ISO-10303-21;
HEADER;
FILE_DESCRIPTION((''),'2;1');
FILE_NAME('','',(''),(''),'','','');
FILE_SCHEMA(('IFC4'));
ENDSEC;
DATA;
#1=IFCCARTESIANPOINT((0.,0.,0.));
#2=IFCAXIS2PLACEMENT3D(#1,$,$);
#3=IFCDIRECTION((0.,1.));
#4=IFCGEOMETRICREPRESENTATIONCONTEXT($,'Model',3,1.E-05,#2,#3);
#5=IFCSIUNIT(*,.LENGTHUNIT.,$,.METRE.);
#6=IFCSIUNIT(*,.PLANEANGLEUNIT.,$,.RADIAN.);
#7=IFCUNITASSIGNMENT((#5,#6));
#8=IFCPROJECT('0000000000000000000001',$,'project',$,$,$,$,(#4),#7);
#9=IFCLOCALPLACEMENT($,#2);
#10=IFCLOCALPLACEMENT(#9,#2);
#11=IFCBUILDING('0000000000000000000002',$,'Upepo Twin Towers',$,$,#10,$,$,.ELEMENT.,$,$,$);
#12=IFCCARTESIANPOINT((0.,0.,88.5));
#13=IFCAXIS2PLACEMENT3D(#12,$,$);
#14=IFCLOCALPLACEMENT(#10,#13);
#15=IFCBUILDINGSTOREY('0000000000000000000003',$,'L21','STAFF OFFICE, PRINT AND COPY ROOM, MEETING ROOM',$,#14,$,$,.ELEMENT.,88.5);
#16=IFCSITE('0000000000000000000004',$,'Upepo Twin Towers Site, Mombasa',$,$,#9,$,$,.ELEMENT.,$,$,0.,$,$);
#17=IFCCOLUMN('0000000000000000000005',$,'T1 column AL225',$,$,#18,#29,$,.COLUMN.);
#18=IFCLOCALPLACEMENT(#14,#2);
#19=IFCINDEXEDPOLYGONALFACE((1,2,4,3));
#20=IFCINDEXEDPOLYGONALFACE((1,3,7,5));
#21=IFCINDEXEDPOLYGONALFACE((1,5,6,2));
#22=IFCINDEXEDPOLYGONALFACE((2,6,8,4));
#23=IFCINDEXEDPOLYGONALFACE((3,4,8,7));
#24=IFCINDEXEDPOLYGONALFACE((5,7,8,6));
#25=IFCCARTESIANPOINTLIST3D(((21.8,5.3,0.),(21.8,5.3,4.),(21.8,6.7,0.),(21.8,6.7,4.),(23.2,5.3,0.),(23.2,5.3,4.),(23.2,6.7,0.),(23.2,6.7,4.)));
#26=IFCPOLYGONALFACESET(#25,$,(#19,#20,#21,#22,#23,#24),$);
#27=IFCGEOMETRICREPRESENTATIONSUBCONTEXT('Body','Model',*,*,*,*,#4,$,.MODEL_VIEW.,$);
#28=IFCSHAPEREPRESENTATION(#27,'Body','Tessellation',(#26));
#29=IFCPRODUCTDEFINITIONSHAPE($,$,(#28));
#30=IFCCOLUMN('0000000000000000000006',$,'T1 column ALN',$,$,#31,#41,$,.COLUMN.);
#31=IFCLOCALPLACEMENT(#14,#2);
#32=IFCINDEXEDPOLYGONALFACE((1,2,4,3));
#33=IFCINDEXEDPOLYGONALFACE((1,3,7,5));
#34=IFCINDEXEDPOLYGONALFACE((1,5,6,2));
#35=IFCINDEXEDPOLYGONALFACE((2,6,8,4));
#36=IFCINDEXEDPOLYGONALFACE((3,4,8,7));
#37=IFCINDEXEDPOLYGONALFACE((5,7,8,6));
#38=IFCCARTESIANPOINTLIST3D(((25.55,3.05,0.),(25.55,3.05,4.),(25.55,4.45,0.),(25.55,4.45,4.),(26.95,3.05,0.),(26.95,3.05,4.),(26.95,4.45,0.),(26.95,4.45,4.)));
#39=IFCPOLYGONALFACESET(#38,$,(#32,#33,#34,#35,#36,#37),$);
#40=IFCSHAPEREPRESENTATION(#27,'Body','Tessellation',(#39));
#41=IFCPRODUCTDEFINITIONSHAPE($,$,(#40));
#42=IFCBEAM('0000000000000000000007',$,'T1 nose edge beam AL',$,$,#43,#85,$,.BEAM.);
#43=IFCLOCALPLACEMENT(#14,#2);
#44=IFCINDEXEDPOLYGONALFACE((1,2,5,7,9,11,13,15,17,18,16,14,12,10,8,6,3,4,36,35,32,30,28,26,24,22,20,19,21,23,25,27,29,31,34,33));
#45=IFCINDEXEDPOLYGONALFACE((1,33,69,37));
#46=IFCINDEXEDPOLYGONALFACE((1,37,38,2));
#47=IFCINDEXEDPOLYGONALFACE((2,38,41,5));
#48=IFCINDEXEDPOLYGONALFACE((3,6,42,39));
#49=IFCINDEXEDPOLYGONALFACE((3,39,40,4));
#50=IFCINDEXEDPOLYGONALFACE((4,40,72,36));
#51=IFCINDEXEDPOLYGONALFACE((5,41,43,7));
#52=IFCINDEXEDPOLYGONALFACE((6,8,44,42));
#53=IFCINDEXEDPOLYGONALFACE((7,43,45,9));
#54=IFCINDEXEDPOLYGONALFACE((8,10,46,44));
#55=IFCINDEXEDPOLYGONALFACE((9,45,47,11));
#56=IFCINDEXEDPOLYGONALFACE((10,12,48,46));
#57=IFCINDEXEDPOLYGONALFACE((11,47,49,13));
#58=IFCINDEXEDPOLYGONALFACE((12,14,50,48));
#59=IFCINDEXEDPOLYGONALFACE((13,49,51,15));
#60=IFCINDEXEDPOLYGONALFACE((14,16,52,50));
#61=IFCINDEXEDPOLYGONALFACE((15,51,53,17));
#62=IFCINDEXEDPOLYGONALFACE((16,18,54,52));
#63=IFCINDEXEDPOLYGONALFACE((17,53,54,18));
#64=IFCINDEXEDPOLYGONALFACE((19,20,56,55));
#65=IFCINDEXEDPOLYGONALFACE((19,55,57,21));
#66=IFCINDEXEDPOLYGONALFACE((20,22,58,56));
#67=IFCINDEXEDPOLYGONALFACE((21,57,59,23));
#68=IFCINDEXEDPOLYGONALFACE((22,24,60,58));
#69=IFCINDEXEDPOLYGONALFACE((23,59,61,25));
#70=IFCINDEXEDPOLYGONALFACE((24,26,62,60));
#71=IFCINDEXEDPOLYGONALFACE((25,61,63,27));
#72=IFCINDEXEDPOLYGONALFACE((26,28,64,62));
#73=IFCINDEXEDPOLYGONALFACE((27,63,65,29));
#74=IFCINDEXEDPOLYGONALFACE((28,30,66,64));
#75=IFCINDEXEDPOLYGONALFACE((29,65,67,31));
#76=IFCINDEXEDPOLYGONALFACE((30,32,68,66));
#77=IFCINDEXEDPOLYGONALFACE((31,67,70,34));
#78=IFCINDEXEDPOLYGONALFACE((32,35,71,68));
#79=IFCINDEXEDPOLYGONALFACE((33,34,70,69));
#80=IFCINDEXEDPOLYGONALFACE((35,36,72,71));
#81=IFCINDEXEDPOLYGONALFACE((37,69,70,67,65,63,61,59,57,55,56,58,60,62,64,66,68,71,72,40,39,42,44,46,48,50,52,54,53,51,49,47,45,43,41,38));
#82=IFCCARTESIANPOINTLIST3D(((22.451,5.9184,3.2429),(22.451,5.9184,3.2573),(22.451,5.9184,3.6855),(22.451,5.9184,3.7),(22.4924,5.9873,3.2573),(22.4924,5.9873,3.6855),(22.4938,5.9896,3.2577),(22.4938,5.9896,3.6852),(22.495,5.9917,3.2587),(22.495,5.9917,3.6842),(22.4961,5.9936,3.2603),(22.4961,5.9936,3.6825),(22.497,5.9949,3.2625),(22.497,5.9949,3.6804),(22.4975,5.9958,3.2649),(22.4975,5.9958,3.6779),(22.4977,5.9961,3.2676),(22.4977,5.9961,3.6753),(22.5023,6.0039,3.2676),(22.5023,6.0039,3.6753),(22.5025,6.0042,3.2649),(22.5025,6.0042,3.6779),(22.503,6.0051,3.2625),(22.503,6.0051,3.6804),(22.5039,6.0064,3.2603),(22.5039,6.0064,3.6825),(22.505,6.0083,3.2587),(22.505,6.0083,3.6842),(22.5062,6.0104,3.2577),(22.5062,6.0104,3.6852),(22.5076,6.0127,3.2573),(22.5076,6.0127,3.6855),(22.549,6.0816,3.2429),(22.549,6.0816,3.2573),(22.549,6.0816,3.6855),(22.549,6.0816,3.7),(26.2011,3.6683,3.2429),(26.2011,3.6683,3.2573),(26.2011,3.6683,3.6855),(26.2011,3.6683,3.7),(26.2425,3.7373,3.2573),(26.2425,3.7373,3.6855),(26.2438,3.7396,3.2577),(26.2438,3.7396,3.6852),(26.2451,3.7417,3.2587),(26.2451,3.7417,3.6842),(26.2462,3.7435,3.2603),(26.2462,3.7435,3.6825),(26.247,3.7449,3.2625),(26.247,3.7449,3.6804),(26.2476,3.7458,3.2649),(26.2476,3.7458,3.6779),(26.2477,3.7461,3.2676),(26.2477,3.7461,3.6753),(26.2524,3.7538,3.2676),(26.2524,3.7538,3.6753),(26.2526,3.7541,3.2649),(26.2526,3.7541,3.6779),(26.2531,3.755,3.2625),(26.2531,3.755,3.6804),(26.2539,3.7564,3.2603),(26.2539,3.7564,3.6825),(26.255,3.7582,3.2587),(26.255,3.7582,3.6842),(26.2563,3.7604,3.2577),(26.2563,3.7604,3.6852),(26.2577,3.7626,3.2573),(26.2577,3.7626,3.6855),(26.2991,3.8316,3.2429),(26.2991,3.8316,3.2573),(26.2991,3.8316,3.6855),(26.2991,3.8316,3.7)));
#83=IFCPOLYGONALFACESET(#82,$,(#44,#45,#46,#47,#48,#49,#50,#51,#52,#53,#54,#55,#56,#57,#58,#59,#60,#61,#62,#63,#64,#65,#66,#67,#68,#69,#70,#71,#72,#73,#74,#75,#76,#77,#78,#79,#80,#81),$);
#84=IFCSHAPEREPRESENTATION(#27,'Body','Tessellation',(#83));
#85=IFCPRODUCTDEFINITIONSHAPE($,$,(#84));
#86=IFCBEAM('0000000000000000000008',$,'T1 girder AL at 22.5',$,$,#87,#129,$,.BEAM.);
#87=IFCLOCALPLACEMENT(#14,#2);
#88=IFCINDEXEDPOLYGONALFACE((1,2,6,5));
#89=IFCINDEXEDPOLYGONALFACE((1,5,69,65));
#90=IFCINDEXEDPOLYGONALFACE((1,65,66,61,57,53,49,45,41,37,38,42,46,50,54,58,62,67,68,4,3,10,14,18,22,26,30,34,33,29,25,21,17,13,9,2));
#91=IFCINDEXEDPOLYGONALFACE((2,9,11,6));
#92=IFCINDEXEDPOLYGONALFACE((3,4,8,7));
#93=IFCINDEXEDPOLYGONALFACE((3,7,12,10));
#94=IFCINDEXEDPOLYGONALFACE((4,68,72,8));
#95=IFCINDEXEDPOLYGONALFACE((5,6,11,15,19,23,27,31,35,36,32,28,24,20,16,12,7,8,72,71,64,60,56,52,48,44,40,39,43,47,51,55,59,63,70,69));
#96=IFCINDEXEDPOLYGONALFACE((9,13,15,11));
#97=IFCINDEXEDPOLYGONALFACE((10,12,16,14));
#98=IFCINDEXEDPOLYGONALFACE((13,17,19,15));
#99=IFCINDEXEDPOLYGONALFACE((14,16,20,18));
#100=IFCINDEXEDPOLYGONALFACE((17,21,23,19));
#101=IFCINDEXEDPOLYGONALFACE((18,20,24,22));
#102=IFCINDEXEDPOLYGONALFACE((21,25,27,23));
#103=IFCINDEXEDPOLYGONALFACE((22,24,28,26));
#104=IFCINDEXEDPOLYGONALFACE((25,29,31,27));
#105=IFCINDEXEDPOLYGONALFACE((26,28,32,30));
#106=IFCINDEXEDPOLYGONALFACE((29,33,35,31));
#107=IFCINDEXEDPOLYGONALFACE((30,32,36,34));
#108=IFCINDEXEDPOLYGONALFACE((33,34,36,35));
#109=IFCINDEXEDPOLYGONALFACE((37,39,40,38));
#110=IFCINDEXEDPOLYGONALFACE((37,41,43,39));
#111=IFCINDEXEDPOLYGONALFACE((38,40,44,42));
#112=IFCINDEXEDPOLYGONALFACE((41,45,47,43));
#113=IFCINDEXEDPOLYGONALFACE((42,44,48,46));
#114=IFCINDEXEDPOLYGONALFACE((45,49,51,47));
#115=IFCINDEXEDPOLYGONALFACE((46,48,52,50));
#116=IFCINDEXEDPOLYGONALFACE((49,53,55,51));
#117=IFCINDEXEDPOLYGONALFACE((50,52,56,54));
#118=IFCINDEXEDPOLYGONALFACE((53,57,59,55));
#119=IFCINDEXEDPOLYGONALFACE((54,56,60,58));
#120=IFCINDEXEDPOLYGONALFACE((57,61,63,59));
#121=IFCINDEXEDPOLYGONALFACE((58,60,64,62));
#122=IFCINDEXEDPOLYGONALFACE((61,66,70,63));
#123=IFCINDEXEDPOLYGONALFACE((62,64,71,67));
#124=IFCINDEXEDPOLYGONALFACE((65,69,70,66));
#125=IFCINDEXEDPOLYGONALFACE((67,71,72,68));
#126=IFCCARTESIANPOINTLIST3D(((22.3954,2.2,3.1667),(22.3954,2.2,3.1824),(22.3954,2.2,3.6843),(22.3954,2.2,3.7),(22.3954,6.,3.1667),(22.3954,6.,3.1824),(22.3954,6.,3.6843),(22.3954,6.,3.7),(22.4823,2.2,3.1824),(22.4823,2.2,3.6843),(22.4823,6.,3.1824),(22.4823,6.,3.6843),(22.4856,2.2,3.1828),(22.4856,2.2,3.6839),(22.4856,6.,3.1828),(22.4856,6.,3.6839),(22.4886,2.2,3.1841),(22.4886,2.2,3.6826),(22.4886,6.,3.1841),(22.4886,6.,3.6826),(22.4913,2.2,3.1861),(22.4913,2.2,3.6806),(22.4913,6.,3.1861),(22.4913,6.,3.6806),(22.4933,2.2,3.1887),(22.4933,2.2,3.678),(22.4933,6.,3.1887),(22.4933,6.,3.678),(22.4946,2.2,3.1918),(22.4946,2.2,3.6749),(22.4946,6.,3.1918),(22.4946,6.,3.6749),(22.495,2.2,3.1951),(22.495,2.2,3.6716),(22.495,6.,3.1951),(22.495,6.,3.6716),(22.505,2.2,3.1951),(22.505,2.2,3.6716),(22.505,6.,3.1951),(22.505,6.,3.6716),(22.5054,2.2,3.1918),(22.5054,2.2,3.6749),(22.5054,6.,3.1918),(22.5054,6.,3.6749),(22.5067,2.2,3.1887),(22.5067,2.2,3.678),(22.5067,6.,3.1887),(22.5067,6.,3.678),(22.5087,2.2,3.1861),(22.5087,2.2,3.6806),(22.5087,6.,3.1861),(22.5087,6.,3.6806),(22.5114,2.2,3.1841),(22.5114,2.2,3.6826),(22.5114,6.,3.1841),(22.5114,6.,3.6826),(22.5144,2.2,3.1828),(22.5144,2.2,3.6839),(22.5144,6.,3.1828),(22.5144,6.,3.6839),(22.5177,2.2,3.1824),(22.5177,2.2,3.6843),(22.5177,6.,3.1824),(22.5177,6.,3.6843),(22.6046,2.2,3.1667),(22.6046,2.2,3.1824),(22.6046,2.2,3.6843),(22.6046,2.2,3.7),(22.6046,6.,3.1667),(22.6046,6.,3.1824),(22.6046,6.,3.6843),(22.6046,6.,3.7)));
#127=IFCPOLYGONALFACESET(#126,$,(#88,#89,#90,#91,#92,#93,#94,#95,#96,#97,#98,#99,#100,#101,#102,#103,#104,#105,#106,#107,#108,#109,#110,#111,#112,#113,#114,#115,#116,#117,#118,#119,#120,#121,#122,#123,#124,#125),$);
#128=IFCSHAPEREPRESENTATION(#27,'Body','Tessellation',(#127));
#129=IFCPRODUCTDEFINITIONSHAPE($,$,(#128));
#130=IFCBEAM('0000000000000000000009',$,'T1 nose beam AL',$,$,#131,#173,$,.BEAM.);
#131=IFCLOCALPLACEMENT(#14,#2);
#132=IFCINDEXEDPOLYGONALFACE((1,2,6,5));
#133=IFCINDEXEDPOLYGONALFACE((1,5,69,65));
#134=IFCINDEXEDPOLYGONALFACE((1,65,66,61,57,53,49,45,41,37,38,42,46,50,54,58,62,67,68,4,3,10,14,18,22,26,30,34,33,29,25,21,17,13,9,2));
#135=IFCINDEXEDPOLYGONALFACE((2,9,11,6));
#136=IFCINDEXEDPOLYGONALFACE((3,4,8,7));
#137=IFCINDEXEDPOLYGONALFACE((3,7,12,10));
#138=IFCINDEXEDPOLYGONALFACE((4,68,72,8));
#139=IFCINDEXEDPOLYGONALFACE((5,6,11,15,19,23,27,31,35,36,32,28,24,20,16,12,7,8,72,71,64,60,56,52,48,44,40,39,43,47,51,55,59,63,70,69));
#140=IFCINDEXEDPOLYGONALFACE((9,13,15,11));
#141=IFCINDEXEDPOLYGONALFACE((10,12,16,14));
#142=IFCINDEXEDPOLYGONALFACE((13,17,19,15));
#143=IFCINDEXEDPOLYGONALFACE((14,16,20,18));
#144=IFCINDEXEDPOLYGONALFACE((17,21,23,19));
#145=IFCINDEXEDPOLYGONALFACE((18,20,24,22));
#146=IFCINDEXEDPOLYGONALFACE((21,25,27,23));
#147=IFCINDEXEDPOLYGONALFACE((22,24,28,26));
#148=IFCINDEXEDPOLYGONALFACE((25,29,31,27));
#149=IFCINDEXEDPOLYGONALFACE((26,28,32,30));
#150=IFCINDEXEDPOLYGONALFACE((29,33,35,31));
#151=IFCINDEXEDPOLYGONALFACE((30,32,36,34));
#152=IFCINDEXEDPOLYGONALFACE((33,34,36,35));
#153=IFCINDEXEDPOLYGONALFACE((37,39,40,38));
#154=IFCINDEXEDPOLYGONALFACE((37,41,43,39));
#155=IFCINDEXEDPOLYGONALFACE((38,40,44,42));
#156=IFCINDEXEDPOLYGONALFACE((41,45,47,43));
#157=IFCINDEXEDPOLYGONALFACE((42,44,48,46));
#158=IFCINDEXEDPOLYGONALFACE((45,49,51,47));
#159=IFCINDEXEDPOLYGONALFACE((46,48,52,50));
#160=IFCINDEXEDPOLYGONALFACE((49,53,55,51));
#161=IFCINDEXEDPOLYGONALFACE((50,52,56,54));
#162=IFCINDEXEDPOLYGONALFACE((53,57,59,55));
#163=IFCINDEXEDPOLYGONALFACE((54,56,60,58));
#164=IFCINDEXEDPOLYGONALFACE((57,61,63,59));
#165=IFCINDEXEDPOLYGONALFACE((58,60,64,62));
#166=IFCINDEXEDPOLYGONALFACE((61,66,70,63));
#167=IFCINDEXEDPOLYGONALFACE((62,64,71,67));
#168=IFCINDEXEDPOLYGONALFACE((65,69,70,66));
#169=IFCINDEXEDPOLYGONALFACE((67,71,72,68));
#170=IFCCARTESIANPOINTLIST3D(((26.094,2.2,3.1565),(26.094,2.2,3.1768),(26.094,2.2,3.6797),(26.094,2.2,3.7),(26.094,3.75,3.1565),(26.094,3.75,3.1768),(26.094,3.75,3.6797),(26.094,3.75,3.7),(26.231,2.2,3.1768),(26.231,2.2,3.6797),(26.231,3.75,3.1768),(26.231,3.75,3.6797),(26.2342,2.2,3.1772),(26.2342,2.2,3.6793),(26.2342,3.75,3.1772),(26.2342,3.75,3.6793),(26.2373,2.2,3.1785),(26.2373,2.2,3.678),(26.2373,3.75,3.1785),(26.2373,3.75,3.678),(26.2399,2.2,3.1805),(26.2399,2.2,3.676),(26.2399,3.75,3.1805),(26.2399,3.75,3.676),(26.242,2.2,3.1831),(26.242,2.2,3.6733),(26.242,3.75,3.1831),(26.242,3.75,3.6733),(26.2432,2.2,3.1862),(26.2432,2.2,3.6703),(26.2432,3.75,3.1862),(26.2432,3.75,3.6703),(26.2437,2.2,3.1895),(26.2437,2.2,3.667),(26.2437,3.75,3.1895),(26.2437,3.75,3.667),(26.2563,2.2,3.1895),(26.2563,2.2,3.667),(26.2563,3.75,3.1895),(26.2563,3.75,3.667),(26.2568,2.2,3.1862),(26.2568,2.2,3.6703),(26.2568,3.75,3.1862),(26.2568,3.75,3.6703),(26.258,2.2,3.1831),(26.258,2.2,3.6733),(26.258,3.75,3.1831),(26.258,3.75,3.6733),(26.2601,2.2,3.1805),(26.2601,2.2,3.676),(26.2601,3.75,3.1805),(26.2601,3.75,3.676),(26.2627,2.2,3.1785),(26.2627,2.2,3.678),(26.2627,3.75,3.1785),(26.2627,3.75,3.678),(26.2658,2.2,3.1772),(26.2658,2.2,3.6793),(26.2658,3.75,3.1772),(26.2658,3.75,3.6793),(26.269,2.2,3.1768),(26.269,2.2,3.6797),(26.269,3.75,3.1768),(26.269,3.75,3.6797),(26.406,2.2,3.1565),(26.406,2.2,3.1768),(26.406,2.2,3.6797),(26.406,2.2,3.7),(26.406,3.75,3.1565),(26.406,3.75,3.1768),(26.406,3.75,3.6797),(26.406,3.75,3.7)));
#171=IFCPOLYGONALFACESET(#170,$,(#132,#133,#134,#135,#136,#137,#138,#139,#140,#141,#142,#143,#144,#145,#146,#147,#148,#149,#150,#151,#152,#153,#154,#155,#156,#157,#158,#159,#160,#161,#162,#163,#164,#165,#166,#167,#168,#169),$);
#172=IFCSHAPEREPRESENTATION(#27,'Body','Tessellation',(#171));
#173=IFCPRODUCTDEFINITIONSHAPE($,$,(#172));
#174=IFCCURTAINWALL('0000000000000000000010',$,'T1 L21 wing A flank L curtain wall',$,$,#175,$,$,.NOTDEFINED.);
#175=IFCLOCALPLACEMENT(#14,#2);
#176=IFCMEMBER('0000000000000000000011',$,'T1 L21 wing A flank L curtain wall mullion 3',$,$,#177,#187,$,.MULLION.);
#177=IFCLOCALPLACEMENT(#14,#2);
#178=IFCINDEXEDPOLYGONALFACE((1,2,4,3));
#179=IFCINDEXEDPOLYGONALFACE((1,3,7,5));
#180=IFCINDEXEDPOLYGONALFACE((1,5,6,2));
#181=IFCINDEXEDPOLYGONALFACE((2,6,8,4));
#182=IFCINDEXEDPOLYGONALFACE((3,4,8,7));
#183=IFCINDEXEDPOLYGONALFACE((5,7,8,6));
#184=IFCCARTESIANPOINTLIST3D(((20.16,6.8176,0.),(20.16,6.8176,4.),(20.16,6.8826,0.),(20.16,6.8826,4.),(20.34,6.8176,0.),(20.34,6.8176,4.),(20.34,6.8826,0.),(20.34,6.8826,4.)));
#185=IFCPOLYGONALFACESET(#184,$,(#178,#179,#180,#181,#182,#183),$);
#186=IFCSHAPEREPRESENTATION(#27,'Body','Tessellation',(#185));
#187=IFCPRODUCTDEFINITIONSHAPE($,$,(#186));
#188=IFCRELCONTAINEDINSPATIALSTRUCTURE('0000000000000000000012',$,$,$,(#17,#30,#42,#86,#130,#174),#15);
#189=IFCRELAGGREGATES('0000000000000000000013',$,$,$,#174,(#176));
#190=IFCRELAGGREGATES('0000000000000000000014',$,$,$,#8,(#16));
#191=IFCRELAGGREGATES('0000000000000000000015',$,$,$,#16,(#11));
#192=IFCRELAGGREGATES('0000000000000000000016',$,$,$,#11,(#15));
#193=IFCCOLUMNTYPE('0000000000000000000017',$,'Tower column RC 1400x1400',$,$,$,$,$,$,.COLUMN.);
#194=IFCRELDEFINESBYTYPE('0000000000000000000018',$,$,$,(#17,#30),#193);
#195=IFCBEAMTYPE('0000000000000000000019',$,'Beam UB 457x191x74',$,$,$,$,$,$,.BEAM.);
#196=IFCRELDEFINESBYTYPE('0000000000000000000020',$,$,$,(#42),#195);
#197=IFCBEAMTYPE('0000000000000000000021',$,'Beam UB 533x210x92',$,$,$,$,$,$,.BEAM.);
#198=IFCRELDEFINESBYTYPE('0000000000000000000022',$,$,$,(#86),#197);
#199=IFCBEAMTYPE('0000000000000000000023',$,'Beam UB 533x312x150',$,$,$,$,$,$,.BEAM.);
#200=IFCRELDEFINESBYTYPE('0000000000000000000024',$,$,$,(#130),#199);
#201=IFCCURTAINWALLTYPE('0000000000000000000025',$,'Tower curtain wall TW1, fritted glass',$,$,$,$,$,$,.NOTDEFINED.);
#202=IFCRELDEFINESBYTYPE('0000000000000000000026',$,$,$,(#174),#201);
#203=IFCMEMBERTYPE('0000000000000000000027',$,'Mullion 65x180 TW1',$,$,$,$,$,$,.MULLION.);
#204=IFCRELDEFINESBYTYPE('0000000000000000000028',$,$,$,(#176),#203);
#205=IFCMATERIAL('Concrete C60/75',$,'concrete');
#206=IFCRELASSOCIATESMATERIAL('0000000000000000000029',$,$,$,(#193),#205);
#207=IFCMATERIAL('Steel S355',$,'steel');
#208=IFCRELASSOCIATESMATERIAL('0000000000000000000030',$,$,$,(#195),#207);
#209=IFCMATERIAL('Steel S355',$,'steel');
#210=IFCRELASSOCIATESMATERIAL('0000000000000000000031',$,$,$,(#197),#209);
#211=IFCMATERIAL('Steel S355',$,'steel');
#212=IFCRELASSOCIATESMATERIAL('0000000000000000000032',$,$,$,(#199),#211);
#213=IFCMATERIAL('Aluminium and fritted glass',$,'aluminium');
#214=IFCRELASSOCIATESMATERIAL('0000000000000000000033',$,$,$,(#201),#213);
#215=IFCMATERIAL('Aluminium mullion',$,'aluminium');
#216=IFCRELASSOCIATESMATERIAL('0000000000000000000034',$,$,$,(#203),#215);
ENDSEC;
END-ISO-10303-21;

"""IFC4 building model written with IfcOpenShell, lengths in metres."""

from ifc_helpers import new_model, si_unit, direction, frame, origin, origin_2d, place, context, subcontext, project, spatial, rectangle, i_section, extrude, material, material_profile, profile_set, type_object, element, aggregate, save


model = new_model("IFC4")

# Units and contexts
model_context = context("Model", 3, precision=1e-05, world=origin(), true_north=direction((0.0, 1.0)))
body_context = subcontext(model_context, "Body", "Model", "MODEL_VIEW")
ifc_project = project(units=[si_unit("LENGTHUNIT", "METRE"), si_unit("PLANEANGLEUNIT", "RADIAN")], contexts=[model_context])

# Site, building, storey
site_placement = place(None, origin())
site = spatial("IfcSite", under=ifc_project, at=site_placement, Name="Upepo Twin Towers Site, Mombasa", CompositionType="ELEMENT", RefElevation=0.0)
building_placement = place(site_placement, origin())
building = spatial("IfcBuilding", under=site, at=building_placement, Name="Upepo Twin Towers", CompositionType="ELEMENT")
storey_placement = place(building_placement, frame((0.0, 0.0, 88.5)))
storey = spatial("IfcBuildingStorey", under=building, at=storey_placement, Name="L21", Description="STAFF OFFICE, PRINT AND COPY ROOM, MEETING ROOM", CompositionType="ELEMENT", Elevation=88.5)

# Columns
ifc_material_1 = material(Name="Concrete C60/75", Category="concrete")
ifc_material_profile_1 = material_profile(ifc_material_1, rectangle(XDim=1.3999, YDim=1.3999, at=origin_2d()), Name="RC 1400x1400")
ifc_profile_set_1 = profile_set([ifc_material_profile_1], Name="Concrete C60/75")
column_type = type_object("IfcColumnType", Name="Tower column RC 1400x1400", PredefinedType="COLUMN", material=ifc_profile_set_1)
for number, where, z_axis, x_axis, name in (
    (1, (22.5, 6.0, 0.0), (0.0, 0.0, 1.0), (1.0, 0.0, 0.0), "T1 column AL225"),
    (2, (26.25, 3.75, 0.0), (0.0, 0.0, 1.0), (1.0, 0.0, 0.0), "T1 column ALN"),
):
    element("IfcColumn", number, at=place(storey_placement, frame(where, z_axis=z_axis, x_axis=x_axis)), inside=storey, type_object=column_type, Name=name, PredefinedType="COLUMN", context=body_context, shape_type="SweptSolid", body=[
        extrude(rectangle(XDim=1.3999, YDim=1.3999, at=origin_2d()), origin(), (0.0, 0.0, 1.0), 4.0),
    ])

# Beams
ifc_material_2 = material(Name="Steel S355", Category="steel")
ifc_material_profile_2 = material_profile(ifc_material_2, i_section(OverallWidth=0.1904, OverallDepth=0.457, WebThickness=0.009, FlangeThickness=0.0144, FilletRadius=0.0103, at=origin_2d()), Name="UB 457x191x74")
ifc_profile_set_2 = profile_set([ifc_material_profile_2], Name="Steel S355")
beam_type_1 = type_object("IfcBeamType", Name="Beam UB 457x191x74", PredefinedType="BEAM", material=ifc_profile_set_2)
beam_1_placement = place(storey_placement, frame((22.5, 6.0, 3.4714), z_axis=(0.857493, -0.514496, 0.0), x_axis=(0.514496, 0.857493, 0.0)))
element("IfcBeam", 3, at=beam_1_placement, inside=storey, type_object=beam_type_1, Name="T1 nose edge beam AL", PredefinedType="BEAM", context=body_context, shape_type="SweptSolid", body=[
    extrude(i_section(OverallWidth=0.1904, OverallDepth=0.457, WebThickness=0.009, FlangeThickness=0.0144, FilletRadius=0.0103, at=origin_2d()), origin(), (0.0, 0.0, 1.0), 4.3733),
])
ifc_material_3 = material(Name="Steel S355", Category="steel")
ifc_material_profile_3 = material_profile(ifc_material_3, i_section(OverallWidth=0.2092, OverallDepth=0.5332, WebThickness=0.01, FlangeThickness=0.0156, FilletRadius=0.0127, at=origin_2d()), Name="UB 533x210x92")
ifc_profile_set_3 = profile_set([ifc_material_profile_3], Name="Steel S355")
beam_type_2 = type_object("IfcBeamType", Name="Beam UB 533x210x92", PredefinedType="BEAM", material=ifc_profile_set_3)
beam_2_placement = place(storey_placement, frame((22.5, 6.0, 3.4333), z_axis=(0.0, -1.0, 0.0), x_axis=(1.0, 0.0, 0.0)))
element("IfcBeam", 4, at=beam_2_placement, inside=storey, type_object=beam_type_2, Name="T1 girder AL at 22.5", PredefinedType="BEAM", context=body_context, shape_type="SweptSolid", body=[
    extrude(i_section(OverallWidth=0.2092, OverallDepth=0.5332, WebThickness=0.01, FlangeThickness=0.0156, FilletRadius=0.0127, at=origin_2d()), origin(), (0.0, 0.0, 1.0), 3.8),
])
ifc_material_4 = material(Name="Steel S355", Category="steel")
ifc_material_profile_4 = material_profile(ifc_material_4, i_section(OverallWidth=0.312, OverallDepth=0.5435, WebThickness=0.0127, FlangeThickness=0.0203, FilletRadius=0.0127, at=origin_2d()), Name="UB 533x312x150")
ifc_profile_set_4 = profile_set([ifc_material_profile_4], Name="Steel S355")
beam_type_3 = type_object("IfcBeamType", Name="Beam UB 533x312x150", PredefinedType="BEAM", material=ifc_profile_set_4)
beam_3_placement = place(storey_placement, frame((26.25, 3.75, 3.4282), z_axis=(0.0, -1.0, 0.0), x_axis=(1.0, 0.0, 0.0)))
element("IfcBeam", 5, at=beam_3_placement, inside=storey, type_object=beam_type_3, Name="T1 nose beam AL", PredefinedType="BEAM", context=body_context, shape_type="SweptSolid", body=[
    extrude(i_section(OverallWidth=0.312, OverallDepth=0.5435, WebThickness=0.0127, FlangeThickness=0.0203, FilletRadius=0.0127, at=origin_2d()), origin(), (0.0, 0.0, 1.0), 1.55),
])

# Curtain wall, member
ifc_material_5 = material(Name="Aluminium and fritted glass", Category="aluminium")
curtain_wall_type = type_object("IfcCurtainWallType", Name="Tower curtain wall TW1, fritted glass", PredefinedType="NOTDEFINED", material=ifc_material_5)
curtain_wall_1_placement = place(storey_placement, origin())
curtain_wall_1 = element("IfcCurtainWall", 6, at=curtain_wall_1_placement, inside=storey, type_object=curtain_wall_type, Name="T1 L21 wing A flank L curtain wall", PredefinedType="NOTDEFINED")
ifc_material_6 = material(Name="Aluminium mullion", Category="aluminium")
ifc_material_profile_5 = material_profile(ifc_material_6, rectangle(XDim=0.0649, YDim=0.1799, at=origin_2d()), Name="MULLION 65x180")
ifc_profile_set_5 = profile_set([ifc_material_profile_5], Name="Aluminium mullion")
member_type_1 = type_object("IfcMemberType", Name="Mullion 65x180 TW1", PredefinedType="MULLION", material=ifc_profile_set_5)
member_1_placement = place(storey_placement, frame((20.25, 6.8501, 0.0), z_axis=(0.0, 0.0, 1.0), x_axis=(0.0, 1.0, 0.0)))
member_1 = element("IfcMember", 7, at=member_1_placement, type_object=member_type_1, Name="T1 L21 wing A flank L curtain wall mullion 3", PredefinedType="MULLION", context=body_context, shape_type="SweptSolid", body=[
    extrude(rectangle(XDim=0.0649, YDim=0.1799, at=origin_2d()), origin(), (0.0, 0.0, 1.0), 4.0),
])

aggregate(curtain_wall_1, [member_1])

save(model, "model.ifc")
